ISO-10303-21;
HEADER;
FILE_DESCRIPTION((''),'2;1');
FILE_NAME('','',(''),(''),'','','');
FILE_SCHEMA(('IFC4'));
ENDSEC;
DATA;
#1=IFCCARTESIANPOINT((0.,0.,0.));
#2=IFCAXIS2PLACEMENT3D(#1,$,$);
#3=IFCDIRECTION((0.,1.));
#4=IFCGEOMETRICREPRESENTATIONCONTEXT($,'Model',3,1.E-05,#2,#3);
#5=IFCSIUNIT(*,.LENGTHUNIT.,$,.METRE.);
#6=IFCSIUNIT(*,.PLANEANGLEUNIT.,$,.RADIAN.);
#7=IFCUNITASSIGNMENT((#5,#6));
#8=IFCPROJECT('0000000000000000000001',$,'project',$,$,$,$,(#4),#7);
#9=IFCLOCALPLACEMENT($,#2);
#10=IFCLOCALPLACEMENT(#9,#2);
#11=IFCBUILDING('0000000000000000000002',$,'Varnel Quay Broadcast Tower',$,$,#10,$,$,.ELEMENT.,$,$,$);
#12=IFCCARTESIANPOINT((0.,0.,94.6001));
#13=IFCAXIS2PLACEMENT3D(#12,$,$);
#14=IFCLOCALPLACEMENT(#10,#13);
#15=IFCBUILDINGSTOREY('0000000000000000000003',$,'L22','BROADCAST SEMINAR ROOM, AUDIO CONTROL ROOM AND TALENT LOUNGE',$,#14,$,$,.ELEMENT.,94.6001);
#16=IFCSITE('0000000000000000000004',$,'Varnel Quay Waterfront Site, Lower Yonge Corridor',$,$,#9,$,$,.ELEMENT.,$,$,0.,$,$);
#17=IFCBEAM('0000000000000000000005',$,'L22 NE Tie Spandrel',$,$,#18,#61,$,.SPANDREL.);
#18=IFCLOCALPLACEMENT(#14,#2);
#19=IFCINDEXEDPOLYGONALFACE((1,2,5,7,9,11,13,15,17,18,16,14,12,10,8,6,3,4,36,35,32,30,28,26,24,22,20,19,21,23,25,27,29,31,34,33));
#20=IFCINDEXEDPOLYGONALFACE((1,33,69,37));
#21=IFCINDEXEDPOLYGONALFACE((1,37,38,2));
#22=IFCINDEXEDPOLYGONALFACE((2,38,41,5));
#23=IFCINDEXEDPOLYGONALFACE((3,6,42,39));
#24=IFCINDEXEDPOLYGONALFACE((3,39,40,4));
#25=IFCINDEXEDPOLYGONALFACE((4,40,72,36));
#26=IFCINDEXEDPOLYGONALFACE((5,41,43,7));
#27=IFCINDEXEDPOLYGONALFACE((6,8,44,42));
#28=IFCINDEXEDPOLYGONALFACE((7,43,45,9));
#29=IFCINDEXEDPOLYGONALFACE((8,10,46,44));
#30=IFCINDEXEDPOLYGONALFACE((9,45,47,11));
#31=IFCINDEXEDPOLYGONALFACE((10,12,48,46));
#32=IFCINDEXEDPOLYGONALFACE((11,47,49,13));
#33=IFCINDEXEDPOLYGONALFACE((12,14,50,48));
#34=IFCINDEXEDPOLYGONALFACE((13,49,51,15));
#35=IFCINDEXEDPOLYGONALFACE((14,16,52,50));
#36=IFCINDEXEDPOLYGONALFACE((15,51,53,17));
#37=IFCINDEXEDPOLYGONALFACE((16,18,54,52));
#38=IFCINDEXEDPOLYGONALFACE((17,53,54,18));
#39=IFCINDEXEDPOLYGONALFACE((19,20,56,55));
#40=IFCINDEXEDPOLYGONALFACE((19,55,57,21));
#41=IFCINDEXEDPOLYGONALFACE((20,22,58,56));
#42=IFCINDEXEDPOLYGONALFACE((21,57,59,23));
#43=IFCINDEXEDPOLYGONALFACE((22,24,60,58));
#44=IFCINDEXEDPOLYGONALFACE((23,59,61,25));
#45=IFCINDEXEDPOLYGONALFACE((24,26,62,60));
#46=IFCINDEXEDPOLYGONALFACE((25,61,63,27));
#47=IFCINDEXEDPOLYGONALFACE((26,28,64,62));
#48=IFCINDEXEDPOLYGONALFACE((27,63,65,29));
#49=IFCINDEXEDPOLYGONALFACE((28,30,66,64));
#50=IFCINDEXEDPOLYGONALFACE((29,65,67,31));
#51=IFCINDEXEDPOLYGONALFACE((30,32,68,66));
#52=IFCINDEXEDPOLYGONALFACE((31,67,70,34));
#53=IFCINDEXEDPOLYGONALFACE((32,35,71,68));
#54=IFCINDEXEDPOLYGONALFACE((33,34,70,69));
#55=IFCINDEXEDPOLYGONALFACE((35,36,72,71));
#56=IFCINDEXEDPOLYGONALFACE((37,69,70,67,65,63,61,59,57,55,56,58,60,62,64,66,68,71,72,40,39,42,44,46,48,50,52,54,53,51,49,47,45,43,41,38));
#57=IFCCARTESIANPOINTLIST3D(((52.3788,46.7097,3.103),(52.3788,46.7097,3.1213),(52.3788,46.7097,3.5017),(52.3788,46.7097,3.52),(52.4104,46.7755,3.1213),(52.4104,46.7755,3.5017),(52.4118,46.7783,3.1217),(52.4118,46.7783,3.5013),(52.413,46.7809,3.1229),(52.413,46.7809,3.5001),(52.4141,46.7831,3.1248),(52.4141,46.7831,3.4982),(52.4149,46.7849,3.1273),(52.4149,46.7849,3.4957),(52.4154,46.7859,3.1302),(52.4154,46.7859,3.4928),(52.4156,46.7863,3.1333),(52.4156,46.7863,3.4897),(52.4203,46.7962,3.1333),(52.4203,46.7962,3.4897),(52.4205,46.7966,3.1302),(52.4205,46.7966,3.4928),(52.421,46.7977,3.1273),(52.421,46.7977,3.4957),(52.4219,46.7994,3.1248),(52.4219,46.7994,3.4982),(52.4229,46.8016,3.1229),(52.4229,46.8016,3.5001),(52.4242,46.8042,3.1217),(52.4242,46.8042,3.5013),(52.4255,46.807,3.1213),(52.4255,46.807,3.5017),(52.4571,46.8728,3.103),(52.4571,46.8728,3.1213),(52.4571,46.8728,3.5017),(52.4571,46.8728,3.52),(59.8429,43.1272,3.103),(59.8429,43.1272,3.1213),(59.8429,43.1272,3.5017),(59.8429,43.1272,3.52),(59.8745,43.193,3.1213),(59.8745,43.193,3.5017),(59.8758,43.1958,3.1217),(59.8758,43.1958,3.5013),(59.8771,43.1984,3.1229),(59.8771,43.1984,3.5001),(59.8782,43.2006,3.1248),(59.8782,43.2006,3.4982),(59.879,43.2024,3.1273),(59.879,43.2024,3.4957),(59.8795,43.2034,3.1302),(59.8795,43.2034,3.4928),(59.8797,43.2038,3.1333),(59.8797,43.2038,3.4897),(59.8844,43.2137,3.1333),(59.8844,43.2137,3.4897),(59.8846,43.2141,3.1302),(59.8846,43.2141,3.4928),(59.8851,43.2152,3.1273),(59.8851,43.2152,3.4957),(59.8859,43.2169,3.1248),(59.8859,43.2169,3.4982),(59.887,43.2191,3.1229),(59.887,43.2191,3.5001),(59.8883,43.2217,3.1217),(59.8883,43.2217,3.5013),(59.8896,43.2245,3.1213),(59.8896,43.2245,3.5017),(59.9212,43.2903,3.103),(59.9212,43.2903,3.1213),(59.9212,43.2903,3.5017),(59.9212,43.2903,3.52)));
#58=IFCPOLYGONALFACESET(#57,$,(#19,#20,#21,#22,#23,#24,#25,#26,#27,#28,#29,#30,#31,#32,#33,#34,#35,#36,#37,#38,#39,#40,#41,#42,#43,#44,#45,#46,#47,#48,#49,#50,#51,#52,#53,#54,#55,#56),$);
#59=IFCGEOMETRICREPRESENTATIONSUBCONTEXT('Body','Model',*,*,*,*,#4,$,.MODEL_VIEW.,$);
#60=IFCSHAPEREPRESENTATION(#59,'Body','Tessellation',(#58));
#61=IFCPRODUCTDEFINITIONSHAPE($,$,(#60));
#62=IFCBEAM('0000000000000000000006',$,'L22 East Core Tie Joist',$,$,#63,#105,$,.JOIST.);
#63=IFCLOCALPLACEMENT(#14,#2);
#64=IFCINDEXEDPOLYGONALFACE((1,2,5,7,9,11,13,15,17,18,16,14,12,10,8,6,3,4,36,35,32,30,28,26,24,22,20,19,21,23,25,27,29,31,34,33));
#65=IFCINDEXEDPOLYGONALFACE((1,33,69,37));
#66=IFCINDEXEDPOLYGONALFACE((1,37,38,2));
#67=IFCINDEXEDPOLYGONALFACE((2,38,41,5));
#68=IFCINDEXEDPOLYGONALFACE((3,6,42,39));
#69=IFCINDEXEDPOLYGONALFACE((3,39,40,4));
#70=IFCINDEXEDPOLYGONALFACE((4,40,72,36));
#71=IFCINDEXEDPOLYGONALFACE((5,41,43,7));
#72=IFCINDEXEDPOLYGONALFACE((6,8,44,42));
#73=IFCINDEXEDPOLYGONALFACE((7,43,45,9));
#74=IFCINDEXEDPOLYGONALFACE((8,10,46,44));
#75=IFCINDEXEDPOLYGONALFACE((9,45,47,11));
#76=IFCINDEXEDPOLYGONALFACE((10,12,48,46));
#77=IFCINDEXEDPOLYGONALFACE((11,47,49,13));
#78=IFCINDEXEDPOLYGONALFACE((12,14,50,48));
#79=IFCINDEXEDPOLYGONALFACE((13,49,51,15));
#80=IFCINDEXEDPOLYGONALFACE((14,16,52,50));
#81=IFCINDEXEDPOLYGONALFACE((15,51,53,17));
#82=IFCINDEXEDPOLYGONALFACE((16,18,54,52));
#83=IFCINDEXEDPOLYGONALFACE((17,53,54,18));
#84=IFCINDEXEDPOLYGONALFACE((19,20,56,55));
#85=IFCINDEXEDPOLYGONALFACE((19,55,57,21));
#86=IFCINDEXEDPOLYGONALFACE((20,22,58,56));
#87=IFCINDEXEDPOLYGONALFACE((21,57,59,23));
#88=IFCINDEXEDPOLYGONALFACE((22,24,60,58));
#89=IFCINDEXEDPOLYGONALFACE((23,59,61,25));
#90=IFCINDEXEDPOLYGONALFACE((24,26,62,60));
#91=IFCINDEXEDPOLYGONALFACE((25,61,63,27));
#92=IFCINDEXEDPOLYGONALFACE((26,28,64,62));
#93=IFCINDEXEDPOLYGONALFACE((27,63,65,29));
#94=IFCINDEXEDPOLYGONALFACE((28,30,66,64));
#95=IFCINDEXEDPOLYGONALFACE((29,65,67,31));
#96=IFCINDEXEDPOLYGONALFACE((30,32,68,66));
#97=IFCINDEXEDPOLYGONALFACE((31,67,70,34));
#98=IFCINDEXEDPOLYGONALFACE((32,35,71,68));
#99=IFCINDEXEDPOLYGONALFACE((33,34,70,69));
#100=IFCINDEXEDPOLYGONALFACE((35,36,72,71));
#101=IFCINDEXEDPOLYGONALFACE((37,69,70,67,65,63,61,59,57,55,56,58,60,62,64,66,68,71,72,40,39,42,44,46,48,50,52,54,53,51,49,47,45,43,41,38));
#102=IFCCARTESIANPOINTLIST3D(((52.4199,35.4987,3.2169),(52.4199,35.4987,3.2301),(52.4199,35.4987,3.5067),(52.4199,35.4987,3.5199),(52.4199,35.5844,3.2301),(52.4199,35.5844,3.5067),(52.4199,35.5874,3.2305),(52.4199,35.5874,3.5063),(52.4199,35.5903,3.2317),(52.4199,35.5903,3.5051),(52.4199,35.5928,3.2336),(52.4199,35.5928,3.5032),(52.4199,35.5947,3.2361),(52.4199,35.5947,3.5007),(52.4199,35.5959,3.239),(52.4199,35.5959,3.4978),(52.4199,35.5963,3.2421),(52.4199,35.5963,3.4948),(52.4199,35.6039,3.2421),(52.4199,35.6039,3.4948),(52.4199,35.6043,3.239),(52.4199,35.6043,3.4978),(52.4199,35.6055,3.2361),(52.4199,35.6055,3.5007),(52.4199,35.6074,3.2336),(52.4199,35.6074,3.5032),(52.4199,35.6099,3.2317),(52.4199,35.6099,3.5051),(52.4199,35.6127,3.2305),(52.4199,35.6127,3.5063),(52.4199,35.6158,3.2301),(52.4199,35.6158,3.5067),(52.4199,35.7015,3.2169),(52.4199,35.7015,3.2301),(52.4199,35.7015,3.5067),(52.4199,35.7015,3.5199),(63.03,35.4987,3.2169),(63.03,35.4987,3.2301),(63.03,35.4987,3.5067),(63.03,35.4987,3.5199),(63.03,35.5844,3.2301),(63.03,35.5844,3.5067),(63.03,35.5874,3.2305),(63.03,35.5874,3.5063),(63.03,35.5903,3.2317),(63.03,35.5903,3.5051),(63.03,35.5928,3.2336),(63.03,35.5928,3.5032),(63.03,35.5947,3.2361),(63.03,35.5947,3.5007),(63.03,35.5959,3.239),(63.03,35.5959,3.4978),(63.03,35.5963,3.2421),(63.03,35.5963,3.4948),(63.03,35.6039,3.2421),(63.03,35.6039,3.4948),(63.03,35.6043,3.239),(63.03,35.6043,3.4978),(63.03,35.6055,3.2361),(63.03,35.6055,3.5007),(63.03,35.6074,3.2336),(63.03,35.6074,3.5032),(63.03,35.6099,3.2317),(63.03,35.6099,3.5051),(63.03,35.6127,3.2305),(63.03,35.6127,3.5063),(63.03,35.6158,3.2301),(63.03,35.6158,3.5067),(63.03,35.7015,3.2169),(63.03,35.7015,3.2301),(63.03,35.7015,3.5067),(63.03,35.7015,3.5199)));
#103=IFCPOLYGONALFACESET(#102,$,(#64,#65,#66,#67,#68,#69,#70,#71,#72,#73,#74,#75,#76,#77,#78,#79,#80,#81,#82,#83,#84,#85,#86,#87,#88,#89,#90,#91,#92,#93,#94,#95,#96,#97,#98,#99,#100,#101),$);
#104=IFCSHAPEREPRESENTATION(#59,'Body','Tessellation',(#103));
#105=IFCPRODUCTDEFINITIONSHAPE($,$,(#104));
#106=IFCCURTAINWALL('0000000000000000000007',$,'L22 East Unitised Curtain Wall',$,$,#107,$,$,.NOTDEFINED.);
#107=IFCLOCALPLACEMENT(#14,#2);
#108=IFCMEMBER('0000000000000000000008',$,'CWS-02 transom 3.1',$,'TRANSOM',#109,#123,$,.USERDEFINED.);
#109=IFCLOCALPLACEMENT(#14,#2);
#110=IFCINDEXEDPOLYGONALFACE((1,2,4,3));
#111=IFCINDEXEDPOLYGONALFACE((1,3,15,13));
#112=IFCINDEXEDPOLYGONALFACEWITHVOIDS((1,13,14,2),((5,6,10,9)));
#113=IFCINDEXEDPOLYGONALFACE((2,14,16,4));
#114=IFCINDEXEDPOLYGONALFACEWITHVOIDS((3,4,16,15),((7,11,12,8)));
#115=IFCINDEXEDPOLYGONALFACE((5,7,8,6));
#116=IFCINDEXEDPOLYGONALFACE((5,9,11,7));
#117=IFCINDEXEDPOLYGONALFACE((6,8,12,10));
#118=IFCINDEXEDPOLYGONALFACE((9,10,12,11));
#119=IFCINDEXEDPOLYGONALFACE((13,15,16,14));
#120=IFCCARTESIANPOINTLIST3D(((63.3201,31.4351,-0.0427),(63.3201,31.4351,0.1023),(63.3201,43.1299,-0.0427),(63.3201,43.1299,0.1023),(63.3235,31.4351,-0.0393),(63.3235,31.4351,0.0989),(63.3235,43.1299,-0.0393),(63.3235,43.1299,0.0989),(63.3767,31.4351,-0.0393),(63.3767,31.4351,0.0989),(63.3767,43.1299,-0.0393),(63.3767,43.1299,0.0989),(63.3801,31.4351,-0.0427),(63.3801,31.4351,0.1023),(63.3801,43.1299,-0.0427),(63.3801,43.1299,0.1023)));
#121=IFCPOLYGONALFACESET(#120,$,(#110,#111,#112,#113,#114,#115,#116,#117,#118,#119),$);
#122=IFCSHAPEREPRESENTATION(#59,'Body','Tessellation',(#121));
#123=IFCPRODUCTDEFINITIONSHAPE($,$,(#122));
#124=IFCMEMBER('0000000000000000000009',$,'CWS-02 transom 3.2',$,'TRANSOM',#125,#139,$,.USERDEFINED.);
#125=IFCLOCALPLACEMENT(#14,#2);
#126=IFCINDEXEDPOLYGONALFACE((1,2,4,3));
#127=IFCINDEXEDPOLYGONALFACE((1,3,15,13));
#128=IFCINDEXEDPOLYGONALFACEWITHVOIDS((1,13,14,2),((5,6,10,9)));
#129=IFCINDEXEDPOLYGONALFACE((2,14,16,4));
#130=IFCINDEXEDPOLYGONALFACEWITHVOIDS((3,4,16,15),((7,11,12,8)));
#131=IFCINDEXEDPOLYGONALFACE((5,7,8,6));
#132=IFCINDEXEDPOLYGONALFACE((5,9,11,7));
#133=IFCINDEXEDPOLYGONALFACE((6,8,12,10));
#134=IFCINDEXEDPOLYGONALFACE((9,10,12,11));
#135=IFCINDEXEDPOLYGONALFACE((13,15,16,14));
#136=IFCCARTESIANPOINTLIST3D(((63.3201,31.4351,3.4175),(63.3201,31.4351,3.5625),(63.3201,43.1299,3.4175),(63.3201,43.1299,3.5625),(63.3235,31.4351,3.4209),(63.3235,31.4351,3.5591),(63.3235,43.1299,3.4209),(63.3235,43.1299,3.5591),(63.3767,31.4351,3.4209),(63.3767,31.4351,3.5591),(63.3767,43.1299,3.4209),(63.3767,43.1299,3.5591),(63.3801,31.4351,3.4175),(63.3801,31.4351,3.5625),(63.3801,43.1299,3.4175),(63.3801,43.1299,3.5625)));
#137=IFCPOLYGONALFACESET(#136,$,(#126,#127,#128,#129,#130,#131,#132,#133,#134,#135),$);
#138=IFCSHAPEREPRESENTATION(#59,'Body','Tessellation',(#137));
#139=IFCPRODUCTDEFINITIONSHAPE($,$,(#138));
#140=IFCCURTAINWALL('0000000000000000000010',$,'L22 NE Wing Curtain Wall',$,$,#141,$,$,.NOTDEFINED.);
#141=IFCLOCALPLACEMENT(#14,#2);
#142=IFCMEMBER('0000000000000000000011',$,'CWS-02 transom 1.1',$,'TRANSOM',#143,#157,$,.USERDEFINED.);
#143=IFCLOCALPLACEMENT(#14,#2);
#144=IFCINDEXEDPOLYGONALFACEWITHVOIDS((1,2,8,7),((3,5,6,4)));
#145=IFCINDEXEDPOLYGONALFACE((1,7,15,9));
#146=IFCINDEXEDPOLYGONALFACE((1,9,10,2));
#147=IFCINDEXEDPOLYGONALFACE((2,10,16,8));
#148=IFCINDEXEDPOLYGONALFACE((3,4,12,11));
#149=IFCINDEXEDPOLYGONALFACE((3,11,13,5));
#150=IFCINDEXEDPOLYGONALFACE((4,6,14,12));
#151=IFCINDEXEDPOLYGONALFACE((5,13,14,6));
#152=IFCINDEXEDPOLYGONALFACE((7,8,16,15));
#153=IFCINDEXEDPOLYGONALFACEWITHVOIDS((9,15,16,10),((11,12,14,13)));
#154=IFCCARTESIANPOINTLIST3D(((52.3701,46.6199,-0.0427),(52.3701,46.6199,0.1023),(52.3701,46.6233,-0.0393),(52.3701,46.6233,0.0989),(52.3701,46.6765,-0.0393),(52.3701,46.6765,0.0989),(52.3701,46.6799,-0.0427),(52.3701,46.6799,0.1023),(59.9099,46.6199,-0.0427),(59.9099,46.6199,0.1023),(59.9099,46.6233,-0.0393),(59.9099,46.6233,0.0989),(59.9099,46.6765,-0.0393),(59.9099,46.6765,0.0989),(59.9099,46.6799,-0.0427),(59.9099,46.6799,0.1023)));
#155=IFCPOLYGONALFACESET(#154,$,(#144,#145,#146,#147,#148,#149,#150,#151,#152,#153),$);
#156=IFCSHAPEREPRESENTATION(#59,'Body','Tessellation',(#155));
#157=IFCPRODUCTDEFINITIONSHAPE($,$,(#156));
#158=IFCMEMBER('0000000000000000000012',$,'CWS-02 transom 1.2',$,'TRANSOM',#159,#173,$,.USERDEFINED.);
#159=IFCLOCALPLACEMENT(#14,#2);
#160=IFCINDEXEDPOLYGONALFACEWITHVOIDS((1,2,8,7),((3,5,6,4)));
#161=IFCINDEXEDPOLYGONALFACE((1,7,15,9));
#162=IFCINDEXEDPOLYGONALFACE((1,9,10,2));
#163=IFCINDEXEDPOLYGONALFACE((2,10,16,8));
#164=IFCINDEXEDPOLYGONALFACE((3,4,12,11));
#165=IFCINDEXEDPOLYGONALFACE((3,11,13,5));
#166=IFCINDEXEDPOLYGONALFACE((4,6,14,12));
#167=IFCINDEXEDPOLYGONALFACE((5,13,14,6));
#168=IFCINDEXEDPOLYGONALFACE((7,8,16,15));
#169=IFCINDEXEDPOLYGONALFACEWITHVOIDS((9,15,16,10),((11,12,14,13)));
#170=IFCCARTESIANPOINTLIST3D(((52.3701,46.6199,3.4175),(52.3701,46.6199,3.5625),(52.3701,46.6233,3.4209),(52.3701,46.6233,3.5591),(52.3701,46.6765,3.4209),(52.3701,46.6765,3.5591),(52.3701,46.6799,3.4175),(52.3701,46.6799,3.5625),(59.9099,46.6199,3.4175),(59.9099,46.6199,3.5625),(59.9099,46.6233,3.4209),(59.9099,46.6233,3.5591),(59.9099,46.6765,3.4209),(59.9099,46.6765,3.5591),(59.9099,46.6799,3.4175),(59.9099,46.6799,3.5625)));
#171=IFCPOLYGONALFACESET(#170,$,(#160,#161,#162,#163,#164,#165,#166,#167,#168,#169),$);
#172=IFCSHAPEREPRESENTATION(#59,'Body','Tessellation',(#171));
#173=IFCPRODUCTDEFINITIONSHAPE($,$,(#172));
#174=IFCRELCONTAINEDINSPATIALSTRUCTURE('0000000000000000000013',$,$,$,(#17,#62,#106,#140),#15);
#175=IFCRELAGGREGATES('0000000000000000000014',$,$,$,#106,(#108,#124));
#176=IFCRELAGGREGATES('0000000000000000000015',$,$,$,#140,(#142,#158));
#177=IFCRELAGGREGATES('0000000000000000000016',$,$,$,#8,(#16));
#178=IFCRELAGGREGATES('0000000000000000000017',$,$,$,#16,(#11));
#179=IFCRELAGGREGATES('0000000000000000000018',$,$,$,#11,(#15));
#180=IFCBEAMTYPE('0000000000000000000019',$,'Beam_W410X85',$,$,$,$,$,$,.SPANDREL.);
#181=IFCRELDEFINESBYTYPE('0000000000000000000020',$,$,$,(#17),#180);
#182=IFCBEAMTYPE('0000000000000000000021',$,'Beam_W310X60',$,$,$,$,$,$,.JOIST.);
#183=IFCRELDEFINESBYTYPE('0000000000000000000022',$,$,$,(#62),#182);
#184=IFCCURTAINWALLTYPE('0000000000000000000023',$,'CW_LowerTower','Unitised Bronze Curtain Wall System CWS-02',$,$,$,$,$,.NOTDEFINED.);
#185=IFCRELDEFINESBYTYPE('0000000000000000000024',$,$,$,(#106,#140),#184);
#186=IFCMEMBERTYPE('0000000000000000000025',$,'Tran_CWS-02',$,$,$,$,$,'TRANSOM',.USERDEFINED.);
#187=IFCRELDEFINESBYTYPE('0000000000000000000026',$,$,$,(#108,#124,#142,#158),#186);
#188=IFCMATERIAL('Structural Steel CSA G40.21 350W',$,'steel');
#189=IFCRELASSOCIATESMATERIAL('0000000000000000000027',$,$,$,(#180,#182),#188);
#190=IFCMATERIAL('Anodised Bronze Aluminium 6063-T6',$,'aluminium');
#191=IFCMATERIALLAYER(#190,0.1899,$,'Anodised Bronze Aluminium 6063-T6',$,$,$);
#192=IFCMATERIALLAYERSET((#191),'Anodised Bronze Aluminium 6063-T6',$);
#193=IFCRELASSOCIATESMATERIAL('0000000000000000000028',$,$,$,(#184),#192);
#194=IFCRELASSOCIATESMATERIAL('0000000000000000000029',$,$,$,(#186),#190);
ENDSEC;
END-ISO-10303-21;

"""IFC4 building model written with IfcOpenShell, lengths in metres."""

from ifc_helpers import new_model, si_unit, direction, frame, origin, origin_2d, place, context, subcontext, project, spatial, hollow_rectangle, i_section, extrude, source, transform, mapped, material, layer, layer_set, material_profile, profile_set, type_object, type_shapes, element, aggregate, save


model = new_model("IFC4")

# Units and contexts
model_context = context("Model", 3, precision=1e-05, world=origin(), true_north=direction((0.0, 1.0)))
body_context = subcontext(model_context, "Body", "Model", "MODEL_VIEW")
ifc_project = project(units=[si_unit("LENGTHUNIT", "METRE"), si_unit("PLANEANGLEUNIT", "RADIAN")], contexts=[model_context])

# Site, building, storey
site_placement = place(None, origin())
site = spatial("IfcSite", under=ifc_project, at=site_placement, Name="Varnel Quay Waterfront Site, Lower Yonge Corridor", CompositionType="ELEMENT", RefElevation=0.0)
building_placement = place(site_placement, origin())
building = spatial("IfcBuilding", under=site, at=building_placement, Name="Varnel Quay Broadcast Tower", CompositionType="ELEMENT")
storey_placement = place(building_placement, frame((0.0, 0.0, 94.6001)))
storey = spatial("IfcBuildingStorey", under=building, at=storey_placement, Name="L22", Description="BROADCAST SEMINAR ROOM, AUDIO CONTROL ROOM AND TALENT LOUNGE", CompositionType="ELEMENT", Elevation=94.6001)

# Shared definitions
ifc_material_1 = material(Name="Structural Steel CSA G40.21 350W", Category="steel")

# Beams
ifc_material_profile_1 = material_profile(ifc_material_1, i_section(OverallWidth=0.1809, OverallDepth=0.417, WebThickness=0.011, FlangeThickness=0.0183, FilletRadius=0.012, at=origin_2d()), Name="W410X85")
ifc_profile_set_1 = profile_set([ifc_material_profile_1], Name="Structural Steel CSA G40.21 350W")
beam_type_1 = type_object("IfcBeamType", Name="Beam_W410X85", PredefinedType="SPANDREL", material=ifc_profile_set_1)
shared_shape_1 = source(origin(), body_context, "Body", "SweptSolid", [
    extrude(i_section(OverallWidth=0.1809, OverallDepth=0.417, WebThickness=0.011, FlangeThickness=0.0183, FilletRadius=0.012, at=origin_2d()), origin(), (0.0, 0.0, 1.0), 8.2793),
])
beam_1_placement = place(storey_placement, frame((52.418, 46.7913, 3.3115), z_axis=(0.901535, -0.432706, 0.0), x_axis=(0.432706, 0.901535, 0.0)))
element("IfcBeam", 1, at=beam_1_placement, inside=storey, type_object=beam_type_1, Name="L22 NE Tie Spandrel", PredefinedType="SPANDREL", context=body_context, shape_type="MappedRepresentation", body=[
    mapped(shared_shape_1, transform((0.0, 0.0, 0.0), x_axis=(1.0, 0.0, 0.0), y_axis=(0.0, 1.0, 0.0), z_axis=(0.0, 0.0, 1.0), scale=1.0)),
])
ifc_material_profile_2 = material_profile(ifc_material_1, i_section(OverallWidth=0.2029, OverallDepth=0.303, WebThickness=0.0076, FlangeThickness=0.0132, FilletRadius=0.012, at=origin_2d()), Name="W310X60")
ifc_profile_set_2 = profile_set([ifc_material_profile_2], Name="Structural Steel CSA G40.21 350W")
beam_type_2 = type_object("IfcBeamType", Name="Beam_W310X60", PredefinedType="JOIST", material=ifc_profile_set_2)
shared_shape_2 = source(origin(), body_context, "Body", "SweptSolid", [
    extrude(i_section(OverallWidth=0.2029, OverallDepth=0.303, WebThickness=0.0076, FlangeThickness=0.0132, FilletRadius=0.012, at=origin_2d()), origin(), (0.0, 0.0, 1.0), 10.6101),
])
type_shapes(beam_type_2, [shared_shape_2])
beam_2_placement = place(storey_placement, frame((52.4199, 35.6001, 3.3684), z_axis=(1.0, 0.0, 0.0), x_axis=(0.0, 1.0, 0.0)))
element("IfcBeam", 2, at=beam_2_placement, inside=storey, type_object=beam_type_2, Name="L22 East Core Tie Joist", PredefinedType="JOIST", context=body_context, shape_type="MappedRepresentation", body=[
    mapped(shared_shape_2, transform((0.0, 0.0, 0.0), x_axis=(1.0, 0.0, 0.0), y_axis=(0.0, 1.0, 0.0), z_axis=(0.0, 0.0, 1.0), scale=1.0)),
])

# Curtain walls, members
ifc_material_2 = material(Name="Anodised Bronze Aluminium 6063-T6", Category="aluminium")
ifc_layer_1 = layer(ifc_material_2, 0.1899, Name="Anodised Bronze Aluminium 6063-T6")
ifc_layer_set_1 = layer_set([ifc_layer_1], Name="Anodised Bronze Aluminium 6063-T6")
curtain_wall_type = type_object("IfcCurtainWallType", Name="CW_LowerTower", Description="Unitised Bronze Curtain Wall System CWS-02", PredefinedType="NOTDEFINED", material=ifc_layer_set_1)
curtain_wall_1_placement = place(storey_placement, origin())
curtain_wall_1 = element("IfcCurtainWall", 3, at=curtain_wall_1_placement, inside=storey, type_object=curtain_wall_type, Name="L22 East Unitised Curtain Wall", PredefinedType="NOTDEFINED")
ifc_material_profile_3 = material_profile(ifc_material_2, hollow_rectangle(XDim=0.0601, YDim=0.145, WallThickness=0.0034, at=origin_2d()), Name="ALU60X145X3.5")
ifc_profile_set_3 = profile_set([ifc_material_profile_3], Name="Anodised Bronze Aluminium 6063-T6")
member_type_1 = type_object("IfcMemberType", Name="Tran_CWS-02", ElementType="TRANSOM", PredefinedType="USERDEFINED", material=ifc_profile_set_3)
shared_shape_3 = source(origin(), body_context, "Body", "SweptSolid", [
    extrude(hollow_rectangle(XDim=0.0601, YDim=0.145, WallThickness=0.0034, at=origin_2d()), origin(), (0.0, 0.0, 1.0), 11.6948),
])
member_1_placement = place(storey_placement, frame((63.3501, 31.4351, 0.0298), z_axis=(0.0, 1.0, 0.0), x_axis=(-1.0, 0.0, 0.0)))
member_1 = element("IfcMember", 4, at=member_1_placement, type_object=member_type_1, Name="CWS-02 transom 3.1", ObjectType="TRANSOM", PredefinedType="USERDEFINED", context=body_context, shape_type="MappedRepresentation", body=[
    mapped(shared_shape_3, transform((0.0, 0.0, 0.0), x_axis=(1.0, 0.0, 0.0), y_axis=(0.0, 1.0, 0.0), z_axis=(0.0, 0.0, 1.0), scale=1.0)),
])
member_2_placement = place(storey_placement, frame((63.3501, 31.4351, 3.49), z_axis=(0.0, 1.0, 0.0), x_axis=(-1.0, 0.0, 0.0)))
member_2 = element("IfcMember", 5, at=member_2_placement, type_object=member_type_1, Name="CWS-02 transom 3.2", ObjectType="TRANSOM", PredefinedType="USERDEFINED", context=body_context, shape_type="MappedRepresentation", body=[
    mapped(shared_shape_3, transform((0.0, 0.0, 0.0), x_axis=(1.0, 0.0, 0.0), y_axis=(0.0, 1.0, 0.0), z_axis=(0.0, 0.0, 1.0), scale=1.0)),
])
curtain_wall_2_placement = place(storey_placement, origin())
curtain_wall_2 = element("IfcCurtainWall", 6, at=curtain_wall_2_placement, inside=storey, type_object=curtain_wall_type, Name="L22 NE Wing Curtain Wall", PredefinedType="NOTDEFINED")
shared_shape_4 = source(origin(), body_context, "Body", "SweptSolid", [
    extrude(hollow_rectangle(XDim=0.0601, YDim=0.145, WallThickness=0.0034, at=origin_2d()), origin(), (0.0, 0.0, 1.0), 7.5398),
])
type_shapes(member_type_1, [shared_shape_3, shared_shape_4])
member_3_placement = place(storey_placement, frame((52.3701, 46.6499, 0.0298), z_axis=(1.0, 0.0, 0.0), x_axis=(0.0, 1.0, 0.0)))
member_3 = element("IfcMember", 7, at=member_3_placement, type_object=member_type_1, Name="CWS-02 transom 1.1", ObjectType="TRANSOM", PredefinedType="USERDEFINED", context=body_context, shape_type="MappedRepresentation", body=[
    mapped(shared_shape_4, transform((0.0, 0.0, 0.0), x_axis=(1.0, 0.0, 0.0), y_axis=(0.0, 1.0, 0.0), z_axis=(0.0, 0.0, 1.0), scale=1.0)),
])
member_4_placement = place(storey_placement, frame((52.3701, 46.6499, 3.49), z_axis=(1.0, 0.0, 0.0), x_axis=(0.0, 1.0, 0.0)))
member_4 = element("IfcMember", 8, at=member_4_placement, type_object=member_type_1, Name="CWS-02 transom 1.2", ObjectType="TRANSOM", PredefinedType="USERDEFINED", context=body_context, shape_type="MappedRepresentation", body=[
    mapped(shared_shape_4, transform((0.0, 0.0, 0.0), x_axis=(1.0, 0.0, 0.0), y_axis=(0.0, 1.0, 0.0), z_axis=(0.0, 0.0, 1.0), scale=1.0)),
])

aggregate(curtain_wall_1, [member_1, member_2])
aggregate(curtain_wall_2, [member_3, member_4])

save(model, "model.ifc")
